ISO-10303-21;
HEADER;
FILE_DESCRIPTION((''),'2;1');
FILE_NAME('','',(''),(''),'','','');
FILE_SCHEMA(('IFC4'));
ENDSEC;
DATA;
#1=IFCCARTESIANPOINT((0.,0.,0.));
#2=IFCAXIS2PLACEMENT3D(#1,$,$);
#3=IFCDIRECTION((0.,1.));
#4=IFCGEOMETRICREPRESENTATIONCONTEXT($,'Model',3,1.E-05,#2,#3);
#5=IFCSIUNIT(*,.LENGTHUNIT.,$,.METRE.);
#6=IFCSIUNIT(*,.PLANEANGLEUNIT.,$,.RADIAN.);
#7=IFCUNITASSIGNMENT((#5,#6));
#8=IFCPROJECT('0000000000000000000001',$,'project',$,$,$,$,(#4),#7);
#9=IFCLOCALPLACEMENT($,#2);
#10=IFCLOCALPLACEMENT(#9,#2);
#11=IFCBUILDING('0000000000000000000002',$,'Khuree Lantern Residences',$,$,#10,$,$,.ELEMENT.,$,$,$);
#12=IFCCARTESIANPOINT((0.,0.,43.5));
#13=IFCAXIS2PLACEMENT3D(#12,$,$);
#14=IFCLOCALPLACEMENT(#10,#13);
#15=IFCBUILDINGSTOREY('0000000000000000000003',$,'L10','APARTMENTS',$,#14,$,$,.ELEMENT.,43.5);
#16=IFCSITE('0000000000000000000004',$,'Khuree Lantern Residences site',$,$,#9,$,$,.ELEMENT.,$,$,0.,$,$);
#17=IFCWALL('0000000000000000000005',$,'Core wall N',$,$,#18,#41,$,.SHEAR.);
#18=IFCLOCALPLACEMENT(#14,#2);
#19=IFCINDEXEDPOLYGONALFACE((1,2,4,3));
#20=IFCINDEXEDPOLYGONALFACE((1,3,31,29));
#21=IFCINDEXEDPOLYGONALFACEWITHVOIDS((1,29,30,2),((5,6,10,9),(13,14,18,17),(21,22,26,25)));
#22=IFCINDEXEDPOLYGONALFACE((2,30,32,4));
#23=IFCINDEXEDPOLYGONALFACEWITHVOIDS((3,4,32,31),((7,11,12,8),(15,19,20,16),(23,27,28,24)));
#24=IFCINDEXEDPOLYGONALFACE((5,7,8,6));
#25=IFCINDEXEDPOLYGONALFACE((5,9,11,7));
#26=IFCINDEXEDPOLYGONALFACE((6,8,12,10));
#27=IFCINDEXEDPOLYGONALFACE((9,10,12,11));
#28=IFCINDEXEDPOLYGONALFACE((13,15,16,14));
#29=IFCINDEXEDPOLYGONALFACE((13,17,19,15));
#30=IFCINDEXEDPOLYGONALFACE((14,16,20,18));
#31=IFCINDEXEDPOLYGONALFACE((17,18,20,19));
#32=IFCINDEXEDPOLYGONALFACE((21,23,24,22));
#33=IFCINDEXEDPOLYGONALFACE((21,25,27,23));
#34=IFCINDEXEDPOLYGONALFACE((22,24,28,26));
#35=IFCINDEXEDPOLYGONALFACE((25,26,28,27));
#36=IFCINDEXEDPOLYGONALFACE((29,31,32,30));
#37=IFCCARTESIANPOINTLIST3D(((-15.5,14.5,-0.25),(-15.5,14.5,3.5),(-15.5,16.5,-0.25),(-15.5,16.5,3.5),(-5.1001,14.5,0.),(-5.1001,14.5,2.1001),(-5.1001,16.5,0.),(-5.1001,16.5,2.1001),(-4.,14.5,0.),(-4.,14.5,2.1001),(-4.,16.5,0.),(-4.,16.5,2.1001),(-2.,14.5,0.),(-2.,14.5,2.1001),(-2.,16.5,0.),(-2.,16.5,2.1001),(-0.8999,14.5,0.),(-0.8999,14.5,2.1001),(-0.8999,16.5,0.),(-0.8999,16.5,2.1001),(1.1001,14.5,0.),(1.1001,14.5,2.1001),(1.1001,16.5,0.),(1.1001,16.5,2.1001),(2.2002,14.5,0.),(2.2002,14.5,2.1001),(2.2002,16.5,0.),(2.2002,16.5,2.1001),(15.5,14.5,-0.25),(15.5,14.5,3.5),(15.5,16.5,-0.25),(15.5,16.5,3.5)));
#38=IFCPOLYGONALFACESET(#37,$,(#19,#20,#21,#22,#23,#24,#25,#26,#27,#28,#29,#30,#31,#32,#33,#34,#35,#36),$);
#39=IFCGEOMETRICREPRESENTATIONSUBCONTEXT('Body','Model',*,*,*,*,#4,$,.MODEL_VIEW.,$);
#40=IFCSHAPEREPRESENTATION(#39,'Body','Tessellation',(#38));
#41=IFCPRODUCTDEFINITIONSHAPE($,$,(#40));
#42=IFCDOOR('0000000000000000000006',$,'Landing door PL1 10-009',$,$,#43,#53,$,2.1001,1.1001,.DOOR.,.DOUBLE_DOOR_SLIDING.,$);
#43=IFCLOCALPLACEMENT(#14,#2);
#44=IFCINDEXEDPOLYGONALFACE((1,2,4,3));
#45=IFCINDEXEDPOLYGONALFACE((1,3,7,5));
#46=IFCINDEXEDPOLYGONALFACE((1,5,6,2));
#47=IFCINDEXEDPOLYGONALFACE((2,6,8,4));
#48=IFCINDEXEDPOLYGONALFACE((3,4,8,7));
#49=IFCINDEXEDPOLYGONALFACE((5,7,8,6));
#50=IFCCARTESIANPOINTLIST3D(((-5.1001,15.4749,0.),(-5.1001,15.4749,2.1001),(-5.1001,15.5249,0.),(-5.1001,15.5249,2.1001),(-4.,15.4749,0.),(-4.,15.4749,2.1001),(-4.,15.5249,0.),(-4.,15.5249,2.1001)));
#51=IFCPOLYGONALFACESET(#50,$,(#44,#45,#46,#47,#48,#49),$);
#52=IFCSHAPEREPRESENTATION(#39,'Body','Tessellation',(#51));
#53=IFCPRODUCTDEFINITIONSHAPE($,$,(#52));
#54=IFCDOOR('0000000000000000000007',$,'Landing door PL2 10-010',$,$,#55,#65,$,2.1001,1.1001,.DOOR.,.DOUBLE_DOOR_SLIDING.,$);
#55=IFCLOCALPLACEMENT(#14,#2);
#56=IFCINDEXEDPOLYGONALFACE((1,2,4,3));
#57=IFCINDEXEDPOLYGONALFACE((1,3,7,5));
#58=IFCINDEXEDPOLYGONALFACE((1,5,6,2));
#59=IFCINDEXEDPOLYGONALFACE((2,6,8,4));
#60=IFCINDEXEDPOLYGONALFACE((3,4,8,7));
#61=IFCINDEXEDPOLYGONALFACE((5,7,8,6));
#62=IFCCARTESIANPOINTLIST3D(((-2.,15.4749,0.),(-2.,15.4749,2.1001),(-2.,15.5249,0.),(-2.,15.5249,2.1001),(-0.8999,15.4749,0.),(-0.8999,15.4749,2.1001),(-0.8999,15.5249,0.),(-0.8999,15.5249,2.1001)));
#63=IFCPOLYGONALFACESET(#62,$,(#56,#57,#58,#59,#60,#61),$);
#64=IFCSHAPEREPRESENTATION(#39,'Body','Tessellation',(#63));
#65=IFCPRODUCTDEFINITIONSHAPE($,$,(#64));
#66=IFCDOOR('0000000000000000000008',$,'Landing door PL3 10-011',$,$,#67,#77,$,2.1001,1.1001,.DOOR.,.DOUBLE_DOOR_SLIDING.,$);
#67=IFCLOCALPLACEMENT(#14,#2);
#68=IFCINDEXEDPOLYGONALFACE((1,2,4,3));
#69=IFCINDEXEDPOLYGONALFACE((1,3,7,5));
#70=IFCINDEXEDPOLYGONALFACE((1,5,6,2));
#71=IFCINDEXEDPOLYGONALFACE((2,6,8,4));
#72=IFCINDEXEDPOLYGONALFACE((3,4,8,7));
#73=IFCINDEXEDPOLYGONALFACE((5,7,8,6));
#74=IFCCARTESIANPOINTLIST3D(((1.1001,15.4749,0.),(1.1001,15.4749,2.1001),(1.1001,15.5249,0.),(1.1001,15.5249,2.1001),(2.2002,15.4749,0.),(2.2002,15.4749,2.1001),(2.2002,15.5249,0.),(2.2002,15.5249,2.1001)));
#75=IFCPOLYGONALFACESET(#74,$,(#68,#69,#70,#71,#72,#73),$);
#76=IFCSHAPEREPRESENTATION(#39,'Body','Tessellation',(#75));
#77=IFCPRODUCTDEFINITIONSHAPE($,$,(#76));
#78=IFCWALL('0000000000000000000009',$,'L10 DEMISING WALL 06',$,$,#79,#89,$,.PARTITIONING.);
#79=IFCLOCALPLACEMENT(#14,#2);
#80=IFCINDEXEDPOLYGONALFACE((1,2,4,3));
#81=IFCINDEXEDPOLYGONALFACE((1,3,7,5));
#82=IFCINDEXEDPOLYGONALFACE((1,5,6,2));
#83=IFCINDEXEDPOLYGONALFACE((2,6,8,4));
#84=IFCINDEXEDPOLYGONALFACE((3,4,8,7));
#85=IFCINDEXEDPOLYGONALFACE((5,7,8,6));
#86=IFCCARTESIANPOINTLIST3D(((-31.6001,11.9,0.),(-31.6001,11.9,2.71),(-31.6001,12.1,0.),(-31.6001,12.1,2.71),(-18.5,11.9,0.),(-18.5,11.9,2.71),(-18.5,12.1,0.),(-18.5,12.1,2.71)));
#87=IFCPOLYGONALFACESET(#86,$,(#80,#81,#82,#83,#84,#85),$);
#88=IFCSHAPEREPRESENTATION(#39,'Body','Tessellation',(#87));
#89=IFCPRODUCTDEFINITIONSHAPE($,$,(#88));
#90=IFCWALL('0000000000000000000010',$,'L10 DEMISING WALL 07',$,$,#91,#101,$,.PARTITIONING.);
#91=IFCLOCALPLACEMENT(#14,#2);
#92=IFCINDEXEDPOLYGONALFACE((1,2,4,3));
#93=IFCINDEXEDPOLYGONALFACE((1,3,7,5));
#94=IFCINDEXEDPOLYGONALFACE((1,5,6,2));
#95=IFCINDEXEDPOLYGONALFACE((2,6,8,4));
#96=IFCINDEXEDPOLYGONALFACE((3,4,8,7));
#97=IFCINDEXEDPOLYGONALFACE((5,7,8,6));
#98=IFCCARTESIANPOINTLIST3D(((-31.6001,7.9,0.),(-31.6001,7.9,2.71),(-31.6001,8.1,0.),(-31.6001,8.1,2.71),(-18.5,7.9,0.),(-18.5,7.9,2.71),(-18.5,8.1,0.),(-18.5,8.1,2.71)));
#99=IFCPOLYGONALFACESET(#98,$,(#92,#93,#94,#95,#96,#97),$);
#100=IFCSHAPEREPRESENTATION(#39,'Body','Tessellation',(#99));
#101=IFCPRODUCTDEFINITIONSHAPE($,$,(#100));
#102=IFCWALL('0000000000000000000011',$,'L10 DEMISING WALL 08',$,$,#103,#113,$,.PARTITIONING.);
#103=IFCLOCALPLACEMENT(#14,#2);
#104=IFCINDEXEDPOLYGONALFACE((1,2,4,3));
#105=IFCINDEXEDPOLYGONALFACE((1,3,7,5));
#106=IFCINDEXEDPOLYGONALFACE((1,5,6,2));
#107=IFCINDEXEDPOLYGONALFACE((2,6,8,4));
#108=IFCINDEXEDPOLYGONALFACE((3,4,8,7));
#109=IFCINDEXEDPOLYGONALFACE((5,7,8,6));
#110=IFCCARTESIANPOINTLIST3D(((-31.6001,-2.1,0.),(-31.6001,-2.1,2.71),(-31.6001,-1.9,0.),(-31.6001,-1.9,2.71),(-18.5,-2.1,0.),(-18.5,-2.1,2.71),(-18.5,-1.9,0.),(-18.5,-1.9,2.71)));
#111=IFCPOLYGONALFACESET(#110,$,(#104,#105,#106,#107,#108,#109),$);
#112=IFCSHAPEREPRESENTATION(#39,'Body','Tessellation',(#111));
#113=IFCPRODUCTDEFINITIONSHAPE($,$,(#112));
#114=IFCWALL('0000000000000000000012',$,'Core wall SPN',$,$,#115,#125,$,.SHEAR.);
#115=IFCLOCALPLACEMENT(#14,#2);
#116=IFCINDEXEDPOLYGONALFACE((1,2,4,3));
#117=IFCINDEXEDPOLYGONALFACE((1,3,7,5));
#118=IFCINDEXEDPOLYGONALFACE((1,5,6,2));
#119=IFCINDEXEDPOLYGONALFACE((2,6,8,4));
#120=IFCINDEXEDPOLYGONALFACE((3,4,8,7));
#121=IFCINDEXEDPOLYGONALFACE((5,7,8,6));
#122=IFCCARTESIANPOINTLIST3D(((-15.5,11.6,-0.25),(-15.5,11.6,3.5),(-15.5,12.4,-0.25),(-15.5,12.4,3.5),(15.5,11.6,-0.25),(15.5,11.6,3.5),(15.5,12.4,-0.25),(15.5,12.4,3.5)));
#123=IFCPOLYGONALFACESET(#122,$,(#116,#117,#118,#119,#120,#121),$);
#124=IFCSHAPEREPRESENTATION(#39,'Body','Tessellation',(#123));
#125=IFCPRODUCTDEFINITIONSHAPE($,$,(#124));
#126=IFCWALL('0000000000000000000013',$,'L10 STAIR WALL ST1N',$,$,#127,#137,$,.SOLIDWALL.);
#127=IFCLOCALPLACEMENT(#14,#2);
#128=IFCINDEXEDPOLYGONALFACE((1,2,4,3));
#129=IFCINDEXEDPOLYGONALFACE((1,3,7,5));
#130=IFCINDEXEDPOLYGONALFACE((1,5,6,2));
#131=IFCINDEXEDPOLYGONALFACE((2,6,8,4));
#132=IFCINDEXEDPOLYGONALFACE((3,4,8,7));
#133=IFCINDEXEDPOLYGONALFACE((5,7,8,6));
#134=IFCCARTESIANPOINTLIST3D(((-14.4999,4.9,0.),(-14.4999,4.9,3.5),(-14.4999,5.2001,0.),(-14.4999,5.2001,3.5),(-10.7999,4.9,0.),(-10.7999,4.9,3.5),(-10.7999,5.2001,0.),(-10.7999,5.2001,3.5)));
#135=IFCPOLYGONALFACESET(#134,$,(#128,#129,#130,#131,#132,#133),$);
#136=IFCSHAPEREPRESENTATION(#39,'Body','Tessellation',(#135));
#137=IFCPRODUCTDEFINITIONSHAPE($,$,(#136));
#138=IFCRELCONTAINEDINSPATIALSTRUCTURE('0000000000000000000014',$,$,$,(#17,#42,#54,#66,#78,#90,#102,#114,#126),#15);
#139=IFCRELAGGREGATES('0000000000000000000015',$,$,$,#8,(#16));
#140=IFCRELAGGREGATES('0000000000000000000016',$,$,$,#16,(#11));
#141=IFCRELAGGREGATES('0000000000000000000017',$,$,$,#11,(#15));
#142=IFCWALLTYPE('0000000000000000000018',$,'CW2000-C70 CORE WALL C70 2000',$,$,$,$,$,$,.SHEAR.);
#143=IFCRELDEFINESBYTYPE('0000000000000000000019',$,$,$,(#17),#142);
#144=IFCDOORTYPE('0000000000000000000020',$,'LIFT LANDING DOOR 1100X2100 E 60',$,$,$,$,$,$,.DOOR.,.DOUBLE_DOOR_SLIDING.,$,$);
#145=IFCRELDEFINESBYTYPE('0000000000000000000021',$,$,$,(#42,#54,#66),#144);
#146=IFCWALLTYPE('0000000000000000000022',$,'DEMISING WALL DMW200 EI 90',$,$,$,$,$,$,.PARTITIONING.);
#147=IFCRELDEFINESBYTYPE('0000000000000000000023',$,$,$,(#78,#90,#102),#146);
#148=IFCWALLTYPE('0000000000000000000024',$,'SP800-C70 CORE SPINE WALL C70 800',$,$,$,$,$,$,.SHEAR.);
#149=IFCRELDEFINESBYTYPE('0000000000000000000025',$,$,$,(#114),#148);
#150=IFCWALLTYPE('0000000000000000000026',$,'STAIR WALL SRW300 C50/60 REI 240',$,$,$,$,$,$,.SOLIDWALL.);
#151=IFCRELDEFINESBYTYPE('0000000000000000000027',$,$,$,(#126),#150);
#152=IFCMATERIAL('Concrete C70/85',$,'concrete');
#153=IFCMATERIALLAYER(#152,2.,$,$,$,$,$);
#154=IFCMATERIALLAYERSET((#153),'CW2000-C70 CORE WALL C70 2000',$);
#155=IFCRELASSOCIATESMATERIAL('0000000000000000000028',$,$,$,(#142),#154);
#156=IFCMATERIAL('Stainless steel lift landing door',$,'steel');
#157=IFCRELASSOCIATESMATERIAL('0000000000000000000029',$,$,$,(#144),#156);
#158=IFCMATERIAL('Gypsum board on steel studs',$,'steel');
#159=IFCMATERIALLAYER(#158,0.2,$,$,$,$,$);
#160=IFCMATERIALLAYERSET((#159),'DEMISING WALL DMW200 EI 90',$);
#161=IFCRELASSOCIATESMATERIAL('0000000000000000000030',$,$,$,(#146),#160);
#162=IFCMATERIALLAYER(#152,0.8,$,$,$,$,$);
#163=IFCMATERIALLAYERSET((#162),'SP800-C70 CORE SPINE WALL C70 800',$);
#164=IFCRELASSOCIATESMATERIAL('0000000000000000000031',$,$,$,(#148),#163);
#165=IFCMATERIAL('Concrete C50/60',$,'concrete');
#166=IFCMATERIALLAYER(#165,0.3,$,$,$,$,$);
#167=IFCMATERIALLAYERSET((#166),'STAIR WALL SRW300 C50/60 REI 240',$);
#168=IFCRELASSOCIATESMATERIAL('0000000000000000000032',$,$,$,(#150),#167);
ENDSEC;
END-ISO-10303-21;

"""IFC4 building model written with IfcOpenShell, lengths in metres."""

from ifc_helpers import new_model, si_unit, direction, frame, frame_2d, origin, place, context, subcontext, project, spatial, rectangle, extrude, material, layer, layer_set, type_object, element, fill, save


model = new_model("IFC4")

# Units and contexts
model_context = context("Model", 3, precision=1e-05, world=origin(), true_north=direction((0.0, 1.0)))
body_context = subcontext(model_context, "Body", "Model", "MODEL_VIEW")
ifc_project = project(units=[si_unit("LENGTHUNIT", "METRE"), si_unit("PLANEANGLEUNIT", "RADIAN")], contexts=[model_context])

# Site, building, storey
site_placement = place(None, origin())
site = spatial("IfcSite", under=ifc_project, at=site_placement, Name="Khuree Lantern Residences site", CompositionType="ELEMENT", RefElevation=0.0)
building_placement = place(site_placement, origin())
building = spatial("IfcBuilding", under=site, at=building_placement, Name="Khuree Lantern Residences", CompositionType="ELEMENT")
storey_placement = place(building_placement, frame((0.0, 0.0, 43.5)))
storey = spatial("IfcBuildingStorey", under=building, at=storey_placement, Name="L10", Description="APARTMENTS", CompositionType="ELEMENT", Elevation=43.5)

# Shared definitions
ifc_material_1 = material(Name="Concrete C70/85", Category="concrete")

# Shared definitions
ifc_material_2 = material(Name="Gypsum board on steel studs", Category="steel")

# Wall, openings, doors
ifc_layer_1 = layer(ifc_material_1, 2.0)
ifc_layer_set_1 = layer_set([ifc_layer_1], Name="CW2000-C70 CORE WALL C70 2000")
wall_type_1 = type_object("IfcWallType", Name="CW2000-C70 CORE WALL C70 2000", PredefinedType="SHEAR", material=ifc_layer_set_1)
wall_1_placement = place(storey_placement, frame((-15.5, 15.5, -0.25), z_axis=(0.0, 0.0, 1.0), x_axis=(1.0, 0.0, 0.0)))
wall_1 = element("IfcWall", 1, at=wall_1_placement, inside=storey, type_object=wall_type_1, Name="Core wall N", PredefinedType="SHEAR", context=body_context, shape_type="SweptSolid", body=[
    extrude(rectangle(XDim=31.0, YDim=2.0, at=frame_2d((15.5, 0.0))), origin(), (0.0, 0.0, 1.0), 3.75),
])
opening_1_placement = place(wall_1_placement, frame((10.3999, 0.0, 0.25)))
opening_1 = element("IfcOpeningElement", 2, at=opening_1_placement, cuts=wall_1, PredefinedType="OPENING", context=body_context, shape_type="SweptSolid", body=[
    extrude(rectangle(XDim=1.1001, YDim=2.1001, at=frame_2d((0.55, 1.05))), frame((0.0, 1.01, 0.0), z_axis=(0.0, -1.0, 0.0), x_axis=(1.0, 0.0, 0.0)), (0.0, 0.0, 1.0), 2.02),
])
opening_2_placement = place(wall_1_placement, frame((13.5, 0.0, 0.25)))
opening_2 = element("IfcOpeningElement", 3, at=opening_2_placement, cuts=wall_1, PredefinedType="OPENING", context=body_context, shape_type="SweptSolid", body=[
    extrude(rectangle(XDim=1.1001, YDim=2.1001, at=frame_2d((0.55, 1.05))), frame((0.0, 1.01, 0.0), z_axis=(0.0, -1.0, 0.0), x_axis=(1.0, 0.0, 0.0)), (0.0, 0.0, 1.0), 2.02),
])
opening_3_placement = place(wall_1_placement, frame((16.6001, 0.0, 0.25)))
opening_3 = element("IfcOpeningElement", 4, at=opening_3_placement, cuts=wall_1, PredefinedType="OPENING", context=body_context, shape_type="SweptSolid", body=[
    extrude(rectangle(XDim=1.1001, YDim=2.1001, at=frame_2d((0.55, 1.05))), frame((0.0, 1.01, 0.0), z_axis=(0.0, -1.0, 0.0), x_axis=(1.0, 0.0, 0.0)), (0.0, 0.0, 1.0), 2.02),
])
ifc_material_3 = material(Name="Stainless steel lift landing door", Category="steel")
door_type_1 = type_object("IfcDoorType", Name="LIFT LANDING DOOR 1100X2100 E 60", OperationType="DOUBLE_DOOR_SLIDING", PredefinedType="DOOR", material=ifc_material_3)
door_1_placement = place(opening_1_placement, origin())
door_1 = element("IfcDoor", 5, at=door_1_placement, inside=storey, type_object=door_type_1, Name="Landing door PL1 10-009", OperationType="DOUBLE_DOOR_SLIDING", OverallHeight=2.1001, OverallWidth=1.1001, PredefinedType="DOOR", context=body_context, shape_type="SweptSolid", body=[
    extrude(rectangle(XDim=1.1001, YDim=2.1001, at=frame_2d((0.55, 1.05))), frame((0.0, 0.0249, 0.0), z_axis=(0.0, -1.0, 0.0), x_axis=(1.0, 0.0, 0.0)), (0.0, 0.0, 1.0), 0.05),
])
fill(opening_1, door_1)
door_2_placement = place(opening_2_placement, origin())
door_2 = element("IfcDoor", 6, at=door_2_placement, inside=storey, type_object=door_type_1, Name="Landing door PL2 10-010", OperationType="DOUBLE_DOOR_SLIDING", OverallHeight=2.1001, OverallWidth=1.1001, PredefinedType="DOOR", context=body_context, shape_type="SweptSolid", body=[
    extrude(rectangle(XDim=1.1001, YDim=2.1001, at=frame_2d((0.55, 1.05))), frame((0.0, 0.0249, 0.0), z_axis=(0.0, -1.0, 0.0), x_axis=(1.0, 0.0, 0.0)), (0.0, 0.0, 1.0), 0.05),
])
fill(opening_2, door_2)
door_3_placement = place(opening_3_placement, origin())
door_3 = element("IfcDoor", 7, at=door_3_placement, inside=storey, type_object=door_type_1, Name="Landing door PL3 10-011", OperationType="DOUBLE_DOOR_SLIDING", OverallHeight=2.1001, OverallWidth=1.1001, PredefinedType="DOOR", context=body_context, shape_type="SweptSolid", body=[
    extrude(rectangle(XDim=1.1001, YDim=2.1001, at=frame_2d((0.55, 1.05))), frame((0.0, 0.0249, 0.0), z_axis=(0.0, -1.0, 0.0), x_axis=(1.0, 0.0, 0.0)), (0.0, 0.0, 1.0), 0.05),
])
fill(opening_3, door_3)

# Walls
ifc_layer_2 = layer(ifc_material_2, 0.2)
ifc_layer_set_2 = layer_set([ifc_layer_2], Name="DEMISING WALL DMW200 EI 90")
wall_type_2 = type_object("IfcWallType", Name="DEMISING WALL DMW200 EI 90", PredefinedType="PARTITIONING", material=ifc_layer_set_2)
for number, where, z_axis, x_axis, name in (
    (8, (-18.5, 12.0, 0.0), (0.0, 0.0, 1.0), (-1.0, 0.0, 0.0), "L10 DEMISING WALL 06"),
    (9, (-18.5, 8.0, 0.0), (0.0, 0.0, 1.0), (-1.0, 0.0, 0.0), "L10 DEMISING WALL 07"),
    (10, (-18.5, -2.0, 0.0), (0.0, 0.0, 1.0), (-1.0, 0.0, 0.0), "L10 DEMISING WALL 08"),
):
    element("IfcWall", number, at=place(storey_placement, frame(where, z_axis=z_axis, x_axis=x_axis)), inside=storey, type_object=wall_type_2, Name=name, PredefinedType="PARTITIONING", context=body_context, shape_type="SweptSolid", body=[
        extrude(rectangle(XDim=13.1001, YDim=0.2, at=frame_2d((6.55, 0.0))), origin(), (0.0, 0.0, 1.0), 2.71),
    ])
ifc_layer_3 = layer(ifc_material_1, 0.8)
ifc_layer_set_3 = layer_set([ifc_layer_3], Name="SP800-C70 CORE SPINE WALL C70 800")
wall_type_3 = type_object("IfcWallType", Name="SP800-C70 CORE SPINE WALL C70 800", PredefinedType="SHEAR", material=ifc_layer_set_3)
wall_2_placement = place(storey_placement, frame((-15.5, 12.0, -0.25), z_axis=(0.0, 0.0, 1.0), x_axis=(1.0, 0.0, 0.0)))
element("IfcWall", 11, at=wall_2_placement, inside=storey, type_object=wall_type_3, Name="Core wall SPN", PredefinedType="SHEAR", context=body_context, shape_type="SweptSolid", body=[
    extrude(rectangle(XDim=31.0, YDim=0.8, at=frame_2d((15.5, 0.0))), origin(), (0.0, 0.0, 1.0), 3.75),
])
ifc_material_4 = material(Name="Concrete C50/60", Category="concrete")
ifc_layer_4 = layer(ifc_material_4, 0.3)
ifc_layer_set_4 = layer_set([ifc_layer_4], Name="STAIR WALL SRW300 C50/60 REI 240")
wall_type_4 = type_object("IfcWallType", Name="STAIR WALL SRW300 C50/60 REI 240", PredefinedType="SOLIDWALL", material=ifc_layer_set_4)
wall_3_placement = place(storey_placement, frame((-14.5, 5.05, 0.0), z_axis=(0.0, 0.0, 1.0), x_axis=(1.0, 0.0, 0.0)))
element("IfcWall", 12, at=wall_3_placement, inside=storey, type_object=wall_type_4, Name="L10 STAIR WALL ST1N", PredefinedType="SOLIDWALL", context=body_context, shape_type="SweptSolid", body=[
    extrude(rectangle(XDim=3.7, YDim=0.3, at=frame_2d((1.8501, 0.0))), origin(), (0.0, 0.0, 1.0), 3.5),
])

save(model, "model.ifc")
